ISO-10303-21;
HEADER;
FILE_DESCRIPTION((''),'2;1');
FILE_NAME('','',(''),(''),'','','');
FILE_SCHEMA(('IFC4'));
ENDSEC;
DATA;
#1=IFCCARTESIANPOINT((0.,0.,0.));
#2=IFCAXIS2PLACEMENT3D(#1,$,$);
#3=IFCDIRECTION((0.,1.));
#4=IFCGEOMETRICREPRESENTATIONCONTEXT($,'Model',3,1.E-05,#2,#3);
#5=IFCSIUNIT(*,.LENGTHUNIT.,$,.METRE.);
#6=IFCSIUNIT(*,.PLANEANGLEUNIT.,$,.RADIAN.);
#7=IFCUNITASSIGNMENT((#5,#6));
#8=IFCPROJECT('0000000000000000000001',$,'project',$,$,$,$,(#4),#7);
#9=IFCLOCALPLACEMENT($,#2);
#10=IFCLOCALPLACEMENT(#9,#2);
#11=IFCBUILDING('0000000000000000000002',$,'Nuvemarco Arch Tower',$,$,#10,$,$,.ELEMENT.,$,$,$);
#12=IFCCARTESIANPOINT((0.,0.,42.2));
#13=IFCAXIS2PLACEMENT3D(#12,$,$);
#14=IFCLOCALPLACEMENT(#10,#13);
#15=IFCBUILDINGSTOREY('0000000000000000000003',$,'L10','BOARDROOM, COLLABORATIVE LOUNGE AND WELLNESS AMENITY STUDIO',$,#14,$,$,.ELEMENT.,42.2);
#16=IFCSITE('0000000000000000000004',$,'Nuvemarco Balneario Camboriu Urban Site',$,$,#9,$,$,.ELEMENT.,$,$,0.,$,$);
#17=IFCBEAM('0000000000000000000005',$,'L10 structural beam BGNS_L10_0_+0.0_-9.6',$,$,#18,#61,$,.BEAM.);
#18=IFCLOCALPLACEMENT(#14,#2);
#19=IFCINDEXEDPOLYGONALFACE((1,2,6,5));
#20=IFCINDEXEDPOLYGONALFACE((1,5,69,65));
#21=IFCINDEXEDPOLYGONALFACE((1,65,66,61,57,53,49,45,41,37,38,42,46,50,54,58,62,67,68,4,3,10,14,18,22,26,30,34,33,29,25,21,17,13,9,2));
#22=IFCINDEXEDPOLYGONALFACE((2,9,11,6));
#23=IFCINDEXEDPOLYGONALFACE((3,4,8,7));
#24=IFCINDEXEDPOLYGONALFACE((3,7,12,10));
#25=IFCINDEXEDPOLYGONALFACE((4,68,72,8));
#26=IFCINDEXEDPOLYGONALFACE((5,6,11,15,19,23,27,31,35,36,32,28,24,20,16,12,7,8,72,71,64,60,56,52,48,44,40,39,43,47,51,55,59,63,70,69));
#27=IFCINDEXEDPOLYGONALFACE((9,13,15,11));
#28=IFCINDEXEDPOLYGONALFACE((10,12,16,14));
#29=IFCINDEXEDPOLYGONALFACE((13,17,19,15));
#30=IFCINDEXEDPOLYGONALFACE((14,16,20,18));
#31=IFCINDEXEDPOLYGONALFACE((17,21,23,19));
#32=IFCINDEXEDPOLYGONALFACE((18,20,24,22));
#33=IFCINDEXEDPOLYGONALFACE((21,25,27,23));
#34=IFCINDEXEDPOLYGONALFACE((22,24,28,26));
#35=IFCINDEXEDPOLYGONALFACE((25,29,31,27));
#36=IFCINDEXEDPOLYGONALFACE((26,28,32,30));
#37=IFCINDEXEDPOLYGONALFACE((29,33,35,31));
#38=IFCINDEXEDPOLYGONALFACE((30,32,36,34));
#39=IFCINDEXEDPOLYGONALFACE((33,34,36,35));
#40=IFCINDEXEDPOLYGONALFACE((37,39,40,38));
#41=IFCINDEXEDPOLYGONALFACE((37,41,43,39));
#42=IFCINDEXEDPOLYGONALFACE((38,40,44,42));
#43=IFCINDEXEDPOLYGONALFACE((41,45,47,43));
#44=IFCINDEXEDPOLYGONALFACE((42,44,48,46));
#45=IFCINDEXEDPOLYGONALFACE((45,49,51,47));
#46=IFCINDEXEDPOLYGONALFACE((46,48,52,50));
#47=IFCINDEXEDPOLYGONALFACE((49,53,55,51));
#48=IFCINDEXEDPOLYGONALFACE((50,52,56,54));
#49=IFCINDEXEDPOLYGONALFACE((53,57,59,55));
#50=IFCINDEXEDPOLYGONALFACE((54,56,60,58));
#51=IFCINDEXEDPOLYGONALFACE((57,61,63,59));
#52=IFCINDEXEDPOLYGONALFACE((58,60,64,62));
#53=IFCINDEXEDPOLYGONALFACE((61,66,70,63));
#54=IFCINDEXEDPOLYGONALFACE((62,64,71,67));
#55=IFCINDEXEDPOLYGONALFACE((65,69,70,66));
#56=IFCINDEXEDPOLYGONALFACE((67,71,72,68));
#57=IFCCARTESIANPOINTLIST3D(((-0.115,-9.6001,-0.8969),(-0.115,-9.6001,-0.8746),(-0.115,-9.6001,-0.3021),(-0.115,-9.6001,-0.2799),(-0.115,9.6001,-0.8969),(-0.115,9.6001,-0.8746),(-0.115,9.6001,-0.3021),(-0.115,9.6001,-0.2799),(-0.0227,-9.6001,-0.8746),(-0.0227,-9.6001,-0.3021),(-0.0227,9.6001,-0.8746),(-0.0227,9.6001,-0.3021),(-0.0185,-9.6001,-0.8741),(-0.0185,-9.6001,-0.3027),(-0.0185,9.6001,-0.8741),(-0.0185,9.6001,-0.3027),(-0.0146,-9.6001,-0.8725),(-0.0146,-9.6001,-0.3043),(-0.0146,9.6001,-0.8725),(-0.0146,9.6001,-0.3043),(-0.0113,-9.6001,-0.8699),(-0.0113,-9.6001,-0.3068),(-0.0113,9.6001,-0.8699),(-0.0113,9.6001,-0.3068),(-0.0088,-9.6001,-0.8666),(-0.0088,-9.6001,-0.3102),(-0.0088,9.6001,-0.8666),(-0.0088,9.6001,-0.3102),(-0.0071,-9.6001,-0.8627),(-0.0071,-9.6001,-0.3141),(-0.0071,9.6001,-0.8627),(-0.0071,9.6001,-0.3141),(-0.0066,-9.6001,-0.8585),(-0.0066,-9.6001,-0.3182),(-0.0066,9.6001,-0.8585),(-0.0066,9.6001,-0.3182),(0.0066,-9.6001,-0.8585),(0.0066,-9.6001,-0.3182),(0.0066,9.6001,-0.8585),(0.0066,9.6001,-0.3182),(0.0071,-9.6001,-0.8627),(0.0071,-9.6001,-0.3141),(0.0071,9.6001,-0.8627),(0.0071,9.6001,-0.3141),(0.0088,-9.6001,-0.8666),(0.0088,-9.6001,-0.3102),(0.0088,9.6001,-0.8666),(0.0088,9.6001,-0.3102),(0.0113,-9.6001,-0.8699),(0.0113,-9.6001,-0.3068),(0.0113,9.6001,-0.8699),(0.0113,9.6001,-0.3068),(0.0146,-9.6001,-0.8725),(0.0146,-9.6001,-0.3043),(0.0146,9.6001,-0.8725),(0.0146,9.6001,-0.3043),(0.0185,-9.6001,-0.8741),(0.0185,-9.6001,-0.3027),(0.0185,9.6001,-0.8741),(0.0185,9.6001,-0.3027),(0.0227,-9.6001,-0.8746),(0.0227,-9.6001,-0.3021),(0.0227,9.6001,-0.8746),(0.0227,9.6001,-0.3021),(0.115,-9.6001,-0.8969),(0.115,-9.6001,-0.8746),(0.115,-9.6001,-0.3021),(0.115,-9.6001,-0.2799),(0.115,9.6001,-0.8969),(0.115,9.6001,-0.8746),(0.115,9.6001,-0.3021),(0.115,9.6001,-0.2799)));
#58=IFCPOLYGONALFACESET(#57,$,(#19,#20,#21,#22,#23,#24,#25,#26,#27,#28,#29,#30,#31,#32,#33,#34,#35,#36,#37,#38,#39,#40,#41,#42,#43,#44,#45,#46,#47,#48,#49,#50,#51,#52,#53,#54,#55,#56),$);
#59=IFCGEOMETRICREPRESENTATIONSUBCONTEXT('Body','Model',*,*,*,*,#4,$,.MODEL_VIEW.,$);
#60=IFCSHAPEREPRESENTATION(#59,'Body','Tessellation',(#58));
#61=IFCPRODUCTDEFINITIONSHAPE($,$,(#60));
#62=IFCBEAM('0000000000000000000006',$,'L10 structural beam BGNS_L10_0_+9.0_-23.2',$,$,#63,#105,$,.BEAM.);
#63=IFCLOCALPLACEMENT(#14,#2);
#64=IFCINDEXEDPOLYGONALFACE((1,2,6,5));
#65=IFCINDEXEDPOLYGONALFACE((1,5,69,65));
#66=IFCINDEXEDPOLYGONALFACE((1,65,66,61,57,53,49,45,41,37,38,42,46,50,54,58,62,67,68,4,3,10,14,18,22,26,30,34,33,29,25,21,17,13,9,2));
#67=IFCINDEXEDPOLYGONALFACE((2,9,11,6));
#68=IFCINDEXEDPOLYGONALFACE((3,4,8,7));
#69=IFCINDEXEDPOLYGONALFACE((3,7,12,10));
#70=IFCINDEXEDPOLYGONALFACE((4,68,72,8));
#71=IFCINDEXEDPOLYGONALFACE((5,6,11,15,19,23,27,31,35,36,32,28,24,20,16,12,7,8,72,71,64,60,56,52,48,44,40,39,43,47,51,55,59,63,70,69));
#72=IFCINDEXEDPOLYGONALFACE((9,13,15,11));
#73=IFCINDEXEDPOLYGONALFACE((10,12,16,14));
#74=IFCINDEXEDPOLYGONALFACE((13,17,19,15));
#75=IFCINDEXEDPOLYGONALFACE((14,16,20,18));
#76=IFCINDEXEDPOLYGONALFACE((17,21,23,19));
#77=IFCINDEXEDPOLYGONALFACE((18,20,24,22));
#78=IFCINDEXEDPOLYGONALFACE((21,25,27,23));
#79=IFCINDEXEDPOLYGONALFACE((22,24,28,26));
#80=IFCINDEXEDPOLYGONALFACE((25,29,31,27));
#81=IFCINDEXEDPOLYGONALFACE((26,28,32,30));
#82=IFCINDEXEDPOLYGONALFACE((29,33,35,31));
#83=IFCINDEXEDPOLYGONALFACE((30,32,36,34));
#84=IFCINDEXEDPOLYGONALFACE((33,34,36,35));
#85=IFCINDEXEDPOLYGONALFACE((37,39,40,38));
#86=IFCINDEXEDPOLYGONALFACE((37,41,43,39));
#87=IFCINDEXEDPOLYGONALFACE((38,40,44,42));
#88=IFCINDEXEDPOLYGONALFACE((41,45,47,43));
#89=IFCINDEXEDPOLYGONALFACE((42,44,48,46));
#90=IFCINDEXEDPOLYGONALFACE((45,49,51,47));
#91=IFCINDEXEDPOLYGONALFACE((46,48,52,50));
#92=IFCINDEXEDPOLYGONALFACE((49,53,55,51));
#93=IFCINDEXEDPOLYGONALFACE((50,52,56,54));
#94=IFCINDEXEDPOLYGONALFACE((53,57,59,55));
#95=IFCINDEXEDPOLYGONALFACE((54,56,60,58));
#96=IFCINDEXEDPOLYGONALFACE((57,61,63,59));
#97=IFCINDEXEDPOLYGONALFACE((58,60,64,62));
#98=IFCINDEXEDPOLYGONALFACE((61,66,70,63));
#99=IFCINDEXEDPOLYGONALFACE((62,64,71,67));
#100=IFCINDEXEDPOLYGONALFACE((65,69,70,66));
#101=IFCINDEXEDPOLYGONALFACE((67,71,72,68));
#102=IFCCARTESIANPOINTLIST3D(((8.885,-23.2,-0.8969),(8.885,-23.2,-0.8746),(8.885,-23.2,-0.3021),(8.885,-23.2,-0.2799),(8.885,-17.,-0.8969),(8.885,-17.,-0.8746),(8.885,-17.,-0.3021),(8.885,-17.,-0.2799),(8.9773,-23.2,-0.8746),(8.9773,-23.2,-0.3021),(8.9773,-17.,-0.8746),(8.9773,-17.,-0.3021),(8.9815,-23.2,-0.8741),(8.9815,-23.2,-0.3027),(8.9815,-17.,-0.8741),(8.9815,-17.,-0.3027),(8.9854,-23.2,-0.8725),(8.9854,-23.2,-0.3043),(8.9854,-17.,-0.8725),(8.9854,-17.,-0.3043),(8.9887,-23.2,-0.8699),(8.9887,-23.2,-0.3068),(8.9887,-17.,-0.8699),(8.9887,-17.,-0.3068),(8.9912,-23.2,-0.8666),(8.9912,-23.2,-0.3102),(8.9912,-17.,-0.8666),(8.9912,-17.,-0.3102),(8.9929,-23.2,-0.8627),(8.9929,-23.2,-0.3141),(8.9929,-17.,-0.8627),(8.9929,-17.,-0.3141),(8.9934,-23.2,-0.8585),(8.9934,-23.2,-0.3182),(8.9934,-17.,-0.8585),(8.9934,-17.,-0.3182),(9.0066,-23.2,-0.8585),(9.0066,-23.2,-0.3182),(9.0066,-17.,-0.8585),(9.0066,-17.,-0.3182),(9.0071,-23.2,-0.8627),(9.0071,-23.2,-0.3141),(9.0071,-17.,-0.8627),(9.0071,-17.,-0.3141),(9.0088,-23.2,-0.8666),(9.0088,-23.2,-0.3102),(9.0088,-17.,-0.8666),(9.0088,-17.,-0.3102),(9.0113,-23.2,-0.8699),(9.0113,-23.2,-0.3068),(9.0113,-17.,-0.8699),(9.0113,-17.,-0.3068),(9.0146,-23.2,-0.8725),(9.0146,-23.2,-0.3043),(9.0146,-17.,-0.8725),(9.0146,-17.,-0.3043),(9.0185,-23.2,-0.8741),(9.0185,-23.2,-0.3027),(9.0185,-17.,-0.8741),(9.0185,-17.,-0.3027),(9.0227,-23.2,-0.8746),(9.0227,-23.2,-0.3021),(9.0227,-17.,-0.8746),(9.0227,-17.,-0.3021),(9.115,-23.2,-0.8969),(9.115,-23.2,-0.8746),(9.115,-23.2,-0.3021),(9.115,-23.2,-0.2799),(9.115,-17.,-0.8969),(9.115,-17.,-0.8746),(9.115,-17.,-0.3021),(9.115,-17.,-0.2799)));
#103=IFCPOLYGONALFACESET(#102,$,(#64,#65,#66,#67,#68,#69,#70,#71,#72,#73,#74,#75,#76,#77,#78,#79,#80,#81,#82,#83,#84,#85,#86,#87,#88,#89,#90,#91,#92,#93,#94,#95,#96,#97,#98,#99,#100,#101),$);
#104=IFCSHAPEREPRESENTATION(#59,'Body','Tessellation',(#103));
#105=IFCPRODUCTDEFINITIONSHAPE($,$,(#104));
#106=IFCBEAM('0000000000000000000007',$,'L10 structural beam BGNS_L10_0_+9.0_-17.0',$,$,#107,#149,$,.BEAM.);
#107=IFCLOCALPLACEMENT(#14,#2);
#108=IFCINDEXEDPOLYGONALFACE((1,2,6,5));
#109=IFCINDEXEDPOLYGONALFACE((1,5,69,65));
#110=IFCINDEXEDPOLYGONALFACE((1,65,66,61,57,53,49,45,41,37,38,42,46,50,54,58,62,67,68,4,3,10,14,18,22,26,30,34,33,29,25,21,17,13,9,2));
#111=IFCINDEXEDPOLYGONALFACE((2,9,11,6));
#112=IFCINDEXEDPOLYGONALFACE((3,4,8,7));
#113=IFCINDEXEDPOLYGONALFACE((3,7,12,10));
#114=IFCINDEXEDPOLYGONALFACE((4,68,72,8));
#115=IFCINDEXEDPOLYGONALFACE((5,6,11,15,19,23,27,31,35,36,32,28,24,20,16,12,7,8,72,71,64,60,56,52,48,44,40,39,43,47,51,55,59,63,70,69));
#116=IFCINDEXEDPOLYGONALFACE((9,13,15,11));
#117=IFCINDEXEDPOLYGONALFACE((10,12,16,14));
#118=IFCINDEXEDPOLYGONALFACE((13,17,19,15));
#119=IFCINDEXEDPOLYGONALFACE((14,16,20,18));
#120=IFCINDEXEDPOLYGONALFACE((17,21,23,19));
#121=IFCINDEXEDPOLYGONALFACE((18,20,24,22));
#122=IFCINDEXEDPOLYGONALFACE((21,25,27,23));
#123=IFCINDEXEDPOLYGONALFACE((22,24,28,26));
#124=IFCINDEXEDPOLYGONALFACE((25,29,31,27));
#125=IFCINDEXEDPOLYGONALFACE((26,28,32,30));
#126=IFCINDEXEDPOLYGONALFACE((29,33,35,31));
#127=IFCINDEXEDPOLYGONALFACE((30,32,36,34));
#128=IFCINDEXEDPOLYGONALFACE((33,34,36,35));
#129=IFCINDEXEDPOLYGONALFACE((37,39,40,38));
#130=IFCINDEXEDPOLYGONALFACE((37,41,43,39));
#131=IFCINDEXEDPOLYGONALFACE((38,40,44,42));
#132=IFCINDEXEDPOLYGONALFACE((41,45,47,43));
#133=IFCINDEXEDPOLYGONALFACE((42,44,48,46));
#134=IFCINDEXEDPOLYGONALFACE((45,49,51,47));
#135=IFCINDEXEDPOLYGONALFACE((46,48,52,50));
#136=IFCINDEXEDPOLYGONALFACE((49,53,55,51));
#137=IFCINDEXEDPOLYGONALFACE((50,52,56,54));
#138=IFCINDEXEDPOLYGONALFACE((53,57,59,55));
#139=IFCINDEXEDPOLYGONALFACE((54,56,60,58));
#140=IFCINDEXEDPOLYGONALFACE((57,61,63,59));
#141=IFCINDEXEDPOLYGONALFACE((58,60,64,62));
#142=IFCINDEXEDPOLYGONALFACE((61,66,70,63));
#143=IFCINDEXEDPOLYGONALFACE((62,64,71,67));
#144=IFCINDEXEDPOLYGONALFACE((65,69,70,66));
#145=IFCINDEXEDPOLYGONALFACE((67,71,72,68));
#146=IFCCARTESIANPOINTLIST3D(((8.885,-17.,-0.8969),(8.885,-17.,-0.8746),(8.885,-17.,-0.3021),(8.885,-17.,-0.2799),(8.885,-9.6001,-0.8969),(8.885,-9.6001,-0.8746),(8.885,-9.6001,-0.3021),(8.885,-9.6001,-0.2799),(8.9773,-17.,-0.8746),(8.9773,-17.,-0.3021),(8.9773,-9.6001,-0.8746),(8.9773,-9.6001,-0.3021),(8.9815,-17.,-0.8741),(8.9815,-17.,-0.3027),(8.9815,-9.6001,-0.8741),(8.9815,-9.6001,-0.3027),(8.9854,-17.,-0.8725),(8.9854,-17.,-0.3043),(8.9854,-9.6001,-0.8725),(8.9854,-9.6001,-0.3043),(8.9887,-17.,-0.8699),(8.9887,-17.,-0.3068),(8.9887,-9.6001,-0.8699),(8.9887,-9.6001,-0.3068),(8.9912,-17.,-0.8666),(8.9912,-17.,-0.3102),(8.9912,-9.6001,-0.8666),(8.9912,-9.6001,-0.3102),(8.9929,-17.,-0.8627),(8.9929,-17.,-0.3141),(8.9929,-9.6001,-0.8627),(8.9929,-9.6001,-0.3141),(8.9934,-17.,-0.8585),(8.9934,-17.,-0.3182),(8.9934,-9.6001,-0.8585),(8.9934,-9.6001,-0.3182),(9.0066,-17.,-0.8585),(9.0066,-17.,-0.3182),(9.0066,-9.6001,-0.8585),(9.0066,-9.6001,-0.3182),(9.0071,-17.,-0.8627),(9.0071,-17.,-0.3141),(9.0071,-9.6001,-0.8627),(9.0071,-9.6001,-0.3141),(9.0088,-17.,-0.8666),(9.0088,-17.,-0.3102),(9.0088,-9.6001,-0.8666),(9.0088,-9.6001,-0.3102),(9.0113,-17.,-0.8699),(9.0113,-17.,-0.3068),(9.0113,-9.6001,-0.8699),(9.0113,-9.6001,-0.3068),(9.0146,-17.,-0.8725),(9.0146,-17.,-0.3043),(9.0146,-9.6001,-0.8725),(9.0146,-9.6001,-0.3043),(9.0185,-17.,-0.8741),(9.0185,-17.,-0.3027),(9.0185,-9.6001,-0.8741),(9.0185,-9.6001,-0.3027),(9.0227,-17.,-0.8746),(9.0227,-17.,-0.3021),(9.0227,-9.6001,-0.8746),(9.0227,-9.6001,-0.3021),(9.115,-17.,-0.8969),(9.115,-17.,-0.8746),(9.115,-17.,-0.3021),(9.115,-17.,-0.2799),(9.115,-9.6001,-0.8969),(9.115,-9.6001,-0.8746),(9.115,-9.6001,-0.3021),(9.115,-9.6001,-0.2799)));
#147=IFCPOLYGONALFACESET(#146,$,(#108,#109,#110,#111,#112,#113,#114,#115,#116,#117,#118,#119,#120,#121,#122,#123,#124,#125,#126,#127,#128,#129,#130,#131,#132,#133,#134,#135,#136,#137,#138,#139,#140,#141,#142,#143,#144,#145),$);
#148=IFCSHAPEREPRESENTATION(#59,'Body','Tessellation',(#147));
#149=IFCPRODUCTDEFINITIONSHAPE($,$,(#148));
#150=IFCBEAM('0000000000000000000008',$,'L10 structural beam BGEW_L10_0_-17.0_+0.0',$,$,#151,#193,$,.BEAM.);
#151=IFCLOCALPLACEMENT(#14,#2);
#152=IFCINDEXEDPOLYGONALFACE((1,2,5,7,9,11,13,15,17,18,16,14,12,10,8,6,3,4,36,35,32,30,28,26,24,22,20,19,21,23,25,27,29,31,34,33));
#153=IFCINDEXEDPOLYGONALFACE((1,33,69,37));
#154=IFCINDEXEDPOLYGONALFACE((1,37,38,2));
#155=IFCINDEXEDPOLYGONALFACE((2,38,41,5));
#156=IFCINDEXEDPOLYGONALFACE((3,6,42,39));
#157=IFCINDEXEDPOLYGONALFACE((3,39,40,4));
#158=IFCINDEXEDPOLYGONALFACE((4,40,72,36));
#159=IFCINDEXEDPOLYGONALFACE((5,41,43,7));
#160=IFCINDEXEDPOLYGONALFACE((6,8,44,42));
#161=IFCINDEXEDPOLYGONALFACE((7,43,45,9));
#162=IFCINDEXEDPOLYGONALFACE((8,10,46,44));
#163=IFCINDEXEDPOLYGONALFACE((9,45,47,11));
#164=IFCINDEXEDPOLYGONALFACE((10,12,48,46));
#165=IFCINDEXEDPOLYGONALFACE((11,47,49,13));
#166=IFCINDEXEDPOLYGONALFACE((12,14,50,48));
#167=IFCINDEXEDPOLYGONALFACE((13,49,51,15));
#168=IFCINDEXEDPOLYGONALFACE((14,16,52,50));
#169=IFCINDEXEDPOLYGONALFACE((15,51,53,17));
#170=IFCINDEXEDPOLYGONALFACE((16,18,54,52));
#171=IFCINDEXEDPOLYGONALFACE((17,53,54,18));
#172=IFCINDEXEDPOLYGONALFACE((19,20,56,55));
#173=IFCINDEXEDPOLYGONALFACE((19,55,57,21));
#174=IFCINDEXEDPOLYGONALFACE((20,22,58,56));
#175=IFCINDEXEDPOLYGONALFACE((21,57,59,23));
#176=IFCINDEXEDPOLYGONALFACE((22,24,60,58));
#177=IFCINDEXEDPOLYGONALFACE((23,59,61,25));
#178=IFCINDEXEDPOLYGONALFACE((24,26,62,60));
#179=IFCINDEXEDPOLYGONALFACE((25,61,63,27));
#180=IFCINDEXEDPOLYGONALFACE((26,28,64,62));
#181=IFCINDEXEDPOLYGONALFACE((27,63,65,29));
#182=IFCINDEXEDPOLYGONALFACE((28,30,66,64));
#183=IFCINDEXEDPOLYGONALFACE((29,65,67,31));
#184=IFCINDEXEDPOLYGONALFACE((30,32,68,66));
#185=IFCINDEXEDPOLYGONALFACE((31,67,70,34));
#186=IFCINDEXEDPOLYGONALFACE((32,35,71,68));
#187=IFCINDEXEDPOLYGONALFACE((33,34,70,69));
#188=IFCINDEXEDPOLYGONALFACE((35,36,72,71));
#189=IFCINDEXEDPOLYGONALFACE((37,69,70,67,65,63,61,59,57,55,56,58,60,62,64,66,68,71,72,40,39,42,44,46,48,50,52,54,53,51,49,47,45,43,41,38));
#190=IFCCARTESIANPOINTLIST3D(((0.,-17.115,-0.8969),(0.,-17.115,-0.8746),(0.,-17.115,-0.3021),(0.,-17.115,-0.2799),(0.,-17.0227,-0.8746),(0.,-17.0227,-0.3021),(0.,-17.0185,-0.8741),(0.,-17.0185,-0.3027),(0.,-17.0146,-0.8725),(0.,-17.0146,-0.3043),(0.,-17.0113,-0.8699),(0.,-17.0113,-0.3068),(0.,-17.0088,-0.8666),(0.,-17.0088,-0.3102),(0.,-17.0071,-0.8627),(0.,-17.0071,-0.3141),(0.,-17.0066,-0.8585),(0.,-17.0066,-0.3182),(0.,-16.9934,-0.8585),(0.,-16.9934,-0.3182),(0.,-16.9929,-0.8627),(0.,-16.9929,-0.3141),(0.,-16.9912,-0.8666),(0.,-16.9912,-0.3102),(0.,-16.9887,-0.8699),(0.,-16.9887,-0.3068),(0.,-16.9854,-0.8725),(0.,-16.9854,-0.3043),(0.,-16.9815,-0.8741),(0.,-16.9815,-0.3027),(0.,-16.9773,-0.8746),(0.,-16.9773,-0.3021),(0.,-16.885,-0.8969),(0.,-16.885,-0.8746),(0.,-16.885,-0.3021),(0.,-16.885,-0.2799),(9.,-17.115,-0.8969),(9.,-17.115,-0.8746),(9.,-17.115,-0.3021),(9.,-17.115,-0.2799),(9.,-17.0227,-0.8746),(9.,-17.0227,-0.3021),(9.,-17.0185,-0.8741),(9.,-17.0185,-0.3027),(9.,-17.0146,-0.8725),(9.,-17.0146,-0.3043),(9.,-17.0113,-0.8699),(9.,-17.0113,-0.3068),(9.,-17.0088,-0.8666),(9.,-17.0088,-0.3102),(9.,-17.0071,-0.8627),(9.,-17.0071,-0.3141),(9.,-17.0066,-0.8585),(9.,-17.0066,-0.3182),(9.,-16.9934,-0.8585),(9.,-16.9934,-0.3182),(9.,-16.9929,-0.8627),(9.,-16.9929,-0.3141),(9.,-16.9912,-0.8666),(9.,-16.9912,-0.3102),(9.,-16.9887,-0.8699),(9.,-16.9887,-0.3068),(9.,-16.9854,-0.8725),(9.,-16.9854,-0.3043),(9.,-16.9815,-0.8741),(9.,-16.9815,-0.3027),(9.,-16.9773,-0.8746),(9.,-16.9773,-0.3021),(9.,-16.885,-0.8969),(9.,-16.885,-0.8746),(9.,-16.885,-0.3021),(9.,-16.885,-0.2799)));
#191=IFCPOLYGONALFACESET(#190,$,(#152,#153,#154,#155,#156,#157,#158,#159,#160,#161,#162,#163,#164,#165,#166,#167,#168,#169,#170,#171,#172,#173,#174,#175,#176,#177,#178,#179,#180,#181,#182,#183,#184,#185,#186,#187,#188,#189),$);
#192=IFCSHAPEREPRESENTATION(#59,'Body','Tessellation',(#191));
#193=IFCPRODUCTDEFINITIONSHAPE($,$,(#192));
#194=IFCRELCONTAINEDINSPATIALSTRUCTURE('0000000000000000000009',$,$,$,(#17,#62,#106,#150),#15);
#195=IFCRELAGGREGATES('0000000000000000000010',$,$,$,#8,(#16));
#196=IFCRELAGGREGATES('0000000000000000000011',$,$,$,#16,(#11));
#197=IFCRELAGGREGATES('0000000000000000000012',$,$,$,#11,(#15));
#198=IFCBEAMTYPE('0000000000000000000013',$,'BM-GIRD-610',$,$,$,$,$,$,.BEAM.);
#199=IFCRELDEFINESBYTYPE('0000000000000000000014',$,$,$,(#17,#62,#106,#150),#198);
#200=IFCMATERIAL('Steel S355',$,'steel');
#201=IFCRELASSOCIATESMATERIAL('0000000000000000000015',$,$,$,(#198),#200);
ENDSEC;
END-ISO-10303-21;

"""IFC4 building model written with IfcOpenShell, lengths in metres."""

from ifc_helpers import new_model, si_unit, direction, frame, origin, origin_2d, place, context, subcontext, project, spatial, i_section, extrude, material, material_profile, profile_set, type_object, element, save


model = new_model("IFC4")

# Units and contexts
model_context = context("Model", 3, precision=1e-05, world=origin(), true_north=direction((0.0, 1.0)))
body_context = subcontext(model_context, "Body", "Model", "MODEL_VIEW")
ifc_project = project(units=[si_unit("LENGTHUNIT", "METRE"), si_unit("PLANEANGLEUNIT", "RADIAN")], contexts=[model_context])

# Site, building, storey
site_placement = place(None, origin())
site = spatial("IfcSite", under=ifc_project, at=site_placement, Name="Nuvemarco Balneario Camboriu Urban Site", CompositionType="ELEMENT", RefElevation=0.0)
building_placement = place(site_placement, origin())
building = spatial("IfcBuilding", under=site, at=building_placement, Name="Nuvemarco Arch Tower", CompositionType="ELEMENT")
storey_placement = place(building_placement, frame((0.0, 0.0, 42.2)))
storey = spatial("IfcBuildingStorey", under=building, at=storey_placement, Name="L10", Description="BOARDROOM, COLLABORATIVE LOUNGE AND WELLNESS AMENITY STUDIO", CompositionType="ELEMENT", Elevation=42.2)

# Shared definitions
ifc_material_1 = material(Name="Steel S355", Category="steel")

# Beams
ifc_material_profile_1 = material_profile(ifc_material_1, i_section(OverallWidth=0.23, OverallDepth=0.6169, WebThickness=0.0132, FlangeThickness=0.0222, FilletRadius=0.0161, at=origin_2d()), Name="W610x140")
ifc_profile_set_1 = profile_set([ifc_material_profile_1], Name="Steel S355")
beam_type_1 = type_object("IfcBeamType", Name="BM-GIRD-610", PredefinedType="BEAM", material=ifc_profile_set_1)
beam_1_placement = place(storey_placement, frame((0.0, -9.6001, -0.5884), z_axis=(0.0, 1.0, 0.0), x_axis=(-1.0, 0.0, 0.0)))
element("IfcBeam", 1, at=beam_1_placement, inside=storey, type_object=beam_type_1, Name="L10 structural beam BGNS_L10_0_+0.0_-9.6", PredefinedType="BEAM", context=body_context, shape_type="SweptSolid", body=[
    extrude(i_section(OverallWidth=0.23, OverallDepth=0.6169, WebThickness=0.0132, FlangeThickness=0.0222, FilletRadius=0.0161, at=origin_2d()), origin(), (0.0, 0.0, 1.0), 19.2002),
])
beam_2_placement = place(storey_placement, frame((9.0, -23.2, -0.5884), z_axis=(0.0, 1.0, 0.0), x_axis=(-1.0, 0.0, 0.0)))
element("IfcBeam", 2, at=beam_2_placement, inside=storey, type_object=beam_type_1, Name="L10 structural beam BGNS_L10_0_+9.0_-23.2", PredefinedType="BEAM", context=body_context, shape_type="SweptSolid", body=[
    extrude(i_section(OverallWidth=0.23, OverallDepth=0.6169, WebThickness=0.0132, FlangeThickness=0.0222, FilletRadius=0.0161, at=origin_2d()), origin(), (0.0, 0.0, 1.0), 6.2),
])
beam_3_placement = place(storey_placement, frame((9.0, -17.0, -0.5884), z_axis=(0.0, 1.0, 0.0), x_axis=(-1.0, 0.0, 0.0)))
element("IfcBeam", 3, at=beam_3_placement, inside=storey, type_object=beam_type_1, Name="L10 structural beam BGNS_L10_0_+9.0_-17.0", PredefinedType="BEAM", context=body_context, shape_type="SweptSolid", body=[
    extrude(i_section(OverallWidth=0.23, OverallDepth=0.6169, WebThickness=0.0132, FlangeThickness=0.0222, FilletRadius=0.0161, at=origin_2d()), origin(), (0.0, 0.0, 1.0), 7.3999),
])
beam_4_placement = place(storey_placement, frame((0.0, -17.0, -0.5884), z_axis=(1.0, 0.0, 0.0), x_axis=(0.0, 1.0, 0.0)))
element("IfcBeam", 4, at=beam_4_placement, inside=storey, type_object=beam_type_1, Name="L10 structural beam BGEW_L10_0_-17.0_+0.0", PredefinedType="BEAM", context=body_context, shape_type="SweptSolid", body=[
    extrude(i_section(OverallWidth=0.23, OverallDepth=0.6169, WebThickness=0.0132, FlangeThickness=0.0222, FilletRadius=0.0161, at=origin_2d()), origin(), (0.0, 0.0, 1.0), 9.0),
])

save(model, "model.ifc")
